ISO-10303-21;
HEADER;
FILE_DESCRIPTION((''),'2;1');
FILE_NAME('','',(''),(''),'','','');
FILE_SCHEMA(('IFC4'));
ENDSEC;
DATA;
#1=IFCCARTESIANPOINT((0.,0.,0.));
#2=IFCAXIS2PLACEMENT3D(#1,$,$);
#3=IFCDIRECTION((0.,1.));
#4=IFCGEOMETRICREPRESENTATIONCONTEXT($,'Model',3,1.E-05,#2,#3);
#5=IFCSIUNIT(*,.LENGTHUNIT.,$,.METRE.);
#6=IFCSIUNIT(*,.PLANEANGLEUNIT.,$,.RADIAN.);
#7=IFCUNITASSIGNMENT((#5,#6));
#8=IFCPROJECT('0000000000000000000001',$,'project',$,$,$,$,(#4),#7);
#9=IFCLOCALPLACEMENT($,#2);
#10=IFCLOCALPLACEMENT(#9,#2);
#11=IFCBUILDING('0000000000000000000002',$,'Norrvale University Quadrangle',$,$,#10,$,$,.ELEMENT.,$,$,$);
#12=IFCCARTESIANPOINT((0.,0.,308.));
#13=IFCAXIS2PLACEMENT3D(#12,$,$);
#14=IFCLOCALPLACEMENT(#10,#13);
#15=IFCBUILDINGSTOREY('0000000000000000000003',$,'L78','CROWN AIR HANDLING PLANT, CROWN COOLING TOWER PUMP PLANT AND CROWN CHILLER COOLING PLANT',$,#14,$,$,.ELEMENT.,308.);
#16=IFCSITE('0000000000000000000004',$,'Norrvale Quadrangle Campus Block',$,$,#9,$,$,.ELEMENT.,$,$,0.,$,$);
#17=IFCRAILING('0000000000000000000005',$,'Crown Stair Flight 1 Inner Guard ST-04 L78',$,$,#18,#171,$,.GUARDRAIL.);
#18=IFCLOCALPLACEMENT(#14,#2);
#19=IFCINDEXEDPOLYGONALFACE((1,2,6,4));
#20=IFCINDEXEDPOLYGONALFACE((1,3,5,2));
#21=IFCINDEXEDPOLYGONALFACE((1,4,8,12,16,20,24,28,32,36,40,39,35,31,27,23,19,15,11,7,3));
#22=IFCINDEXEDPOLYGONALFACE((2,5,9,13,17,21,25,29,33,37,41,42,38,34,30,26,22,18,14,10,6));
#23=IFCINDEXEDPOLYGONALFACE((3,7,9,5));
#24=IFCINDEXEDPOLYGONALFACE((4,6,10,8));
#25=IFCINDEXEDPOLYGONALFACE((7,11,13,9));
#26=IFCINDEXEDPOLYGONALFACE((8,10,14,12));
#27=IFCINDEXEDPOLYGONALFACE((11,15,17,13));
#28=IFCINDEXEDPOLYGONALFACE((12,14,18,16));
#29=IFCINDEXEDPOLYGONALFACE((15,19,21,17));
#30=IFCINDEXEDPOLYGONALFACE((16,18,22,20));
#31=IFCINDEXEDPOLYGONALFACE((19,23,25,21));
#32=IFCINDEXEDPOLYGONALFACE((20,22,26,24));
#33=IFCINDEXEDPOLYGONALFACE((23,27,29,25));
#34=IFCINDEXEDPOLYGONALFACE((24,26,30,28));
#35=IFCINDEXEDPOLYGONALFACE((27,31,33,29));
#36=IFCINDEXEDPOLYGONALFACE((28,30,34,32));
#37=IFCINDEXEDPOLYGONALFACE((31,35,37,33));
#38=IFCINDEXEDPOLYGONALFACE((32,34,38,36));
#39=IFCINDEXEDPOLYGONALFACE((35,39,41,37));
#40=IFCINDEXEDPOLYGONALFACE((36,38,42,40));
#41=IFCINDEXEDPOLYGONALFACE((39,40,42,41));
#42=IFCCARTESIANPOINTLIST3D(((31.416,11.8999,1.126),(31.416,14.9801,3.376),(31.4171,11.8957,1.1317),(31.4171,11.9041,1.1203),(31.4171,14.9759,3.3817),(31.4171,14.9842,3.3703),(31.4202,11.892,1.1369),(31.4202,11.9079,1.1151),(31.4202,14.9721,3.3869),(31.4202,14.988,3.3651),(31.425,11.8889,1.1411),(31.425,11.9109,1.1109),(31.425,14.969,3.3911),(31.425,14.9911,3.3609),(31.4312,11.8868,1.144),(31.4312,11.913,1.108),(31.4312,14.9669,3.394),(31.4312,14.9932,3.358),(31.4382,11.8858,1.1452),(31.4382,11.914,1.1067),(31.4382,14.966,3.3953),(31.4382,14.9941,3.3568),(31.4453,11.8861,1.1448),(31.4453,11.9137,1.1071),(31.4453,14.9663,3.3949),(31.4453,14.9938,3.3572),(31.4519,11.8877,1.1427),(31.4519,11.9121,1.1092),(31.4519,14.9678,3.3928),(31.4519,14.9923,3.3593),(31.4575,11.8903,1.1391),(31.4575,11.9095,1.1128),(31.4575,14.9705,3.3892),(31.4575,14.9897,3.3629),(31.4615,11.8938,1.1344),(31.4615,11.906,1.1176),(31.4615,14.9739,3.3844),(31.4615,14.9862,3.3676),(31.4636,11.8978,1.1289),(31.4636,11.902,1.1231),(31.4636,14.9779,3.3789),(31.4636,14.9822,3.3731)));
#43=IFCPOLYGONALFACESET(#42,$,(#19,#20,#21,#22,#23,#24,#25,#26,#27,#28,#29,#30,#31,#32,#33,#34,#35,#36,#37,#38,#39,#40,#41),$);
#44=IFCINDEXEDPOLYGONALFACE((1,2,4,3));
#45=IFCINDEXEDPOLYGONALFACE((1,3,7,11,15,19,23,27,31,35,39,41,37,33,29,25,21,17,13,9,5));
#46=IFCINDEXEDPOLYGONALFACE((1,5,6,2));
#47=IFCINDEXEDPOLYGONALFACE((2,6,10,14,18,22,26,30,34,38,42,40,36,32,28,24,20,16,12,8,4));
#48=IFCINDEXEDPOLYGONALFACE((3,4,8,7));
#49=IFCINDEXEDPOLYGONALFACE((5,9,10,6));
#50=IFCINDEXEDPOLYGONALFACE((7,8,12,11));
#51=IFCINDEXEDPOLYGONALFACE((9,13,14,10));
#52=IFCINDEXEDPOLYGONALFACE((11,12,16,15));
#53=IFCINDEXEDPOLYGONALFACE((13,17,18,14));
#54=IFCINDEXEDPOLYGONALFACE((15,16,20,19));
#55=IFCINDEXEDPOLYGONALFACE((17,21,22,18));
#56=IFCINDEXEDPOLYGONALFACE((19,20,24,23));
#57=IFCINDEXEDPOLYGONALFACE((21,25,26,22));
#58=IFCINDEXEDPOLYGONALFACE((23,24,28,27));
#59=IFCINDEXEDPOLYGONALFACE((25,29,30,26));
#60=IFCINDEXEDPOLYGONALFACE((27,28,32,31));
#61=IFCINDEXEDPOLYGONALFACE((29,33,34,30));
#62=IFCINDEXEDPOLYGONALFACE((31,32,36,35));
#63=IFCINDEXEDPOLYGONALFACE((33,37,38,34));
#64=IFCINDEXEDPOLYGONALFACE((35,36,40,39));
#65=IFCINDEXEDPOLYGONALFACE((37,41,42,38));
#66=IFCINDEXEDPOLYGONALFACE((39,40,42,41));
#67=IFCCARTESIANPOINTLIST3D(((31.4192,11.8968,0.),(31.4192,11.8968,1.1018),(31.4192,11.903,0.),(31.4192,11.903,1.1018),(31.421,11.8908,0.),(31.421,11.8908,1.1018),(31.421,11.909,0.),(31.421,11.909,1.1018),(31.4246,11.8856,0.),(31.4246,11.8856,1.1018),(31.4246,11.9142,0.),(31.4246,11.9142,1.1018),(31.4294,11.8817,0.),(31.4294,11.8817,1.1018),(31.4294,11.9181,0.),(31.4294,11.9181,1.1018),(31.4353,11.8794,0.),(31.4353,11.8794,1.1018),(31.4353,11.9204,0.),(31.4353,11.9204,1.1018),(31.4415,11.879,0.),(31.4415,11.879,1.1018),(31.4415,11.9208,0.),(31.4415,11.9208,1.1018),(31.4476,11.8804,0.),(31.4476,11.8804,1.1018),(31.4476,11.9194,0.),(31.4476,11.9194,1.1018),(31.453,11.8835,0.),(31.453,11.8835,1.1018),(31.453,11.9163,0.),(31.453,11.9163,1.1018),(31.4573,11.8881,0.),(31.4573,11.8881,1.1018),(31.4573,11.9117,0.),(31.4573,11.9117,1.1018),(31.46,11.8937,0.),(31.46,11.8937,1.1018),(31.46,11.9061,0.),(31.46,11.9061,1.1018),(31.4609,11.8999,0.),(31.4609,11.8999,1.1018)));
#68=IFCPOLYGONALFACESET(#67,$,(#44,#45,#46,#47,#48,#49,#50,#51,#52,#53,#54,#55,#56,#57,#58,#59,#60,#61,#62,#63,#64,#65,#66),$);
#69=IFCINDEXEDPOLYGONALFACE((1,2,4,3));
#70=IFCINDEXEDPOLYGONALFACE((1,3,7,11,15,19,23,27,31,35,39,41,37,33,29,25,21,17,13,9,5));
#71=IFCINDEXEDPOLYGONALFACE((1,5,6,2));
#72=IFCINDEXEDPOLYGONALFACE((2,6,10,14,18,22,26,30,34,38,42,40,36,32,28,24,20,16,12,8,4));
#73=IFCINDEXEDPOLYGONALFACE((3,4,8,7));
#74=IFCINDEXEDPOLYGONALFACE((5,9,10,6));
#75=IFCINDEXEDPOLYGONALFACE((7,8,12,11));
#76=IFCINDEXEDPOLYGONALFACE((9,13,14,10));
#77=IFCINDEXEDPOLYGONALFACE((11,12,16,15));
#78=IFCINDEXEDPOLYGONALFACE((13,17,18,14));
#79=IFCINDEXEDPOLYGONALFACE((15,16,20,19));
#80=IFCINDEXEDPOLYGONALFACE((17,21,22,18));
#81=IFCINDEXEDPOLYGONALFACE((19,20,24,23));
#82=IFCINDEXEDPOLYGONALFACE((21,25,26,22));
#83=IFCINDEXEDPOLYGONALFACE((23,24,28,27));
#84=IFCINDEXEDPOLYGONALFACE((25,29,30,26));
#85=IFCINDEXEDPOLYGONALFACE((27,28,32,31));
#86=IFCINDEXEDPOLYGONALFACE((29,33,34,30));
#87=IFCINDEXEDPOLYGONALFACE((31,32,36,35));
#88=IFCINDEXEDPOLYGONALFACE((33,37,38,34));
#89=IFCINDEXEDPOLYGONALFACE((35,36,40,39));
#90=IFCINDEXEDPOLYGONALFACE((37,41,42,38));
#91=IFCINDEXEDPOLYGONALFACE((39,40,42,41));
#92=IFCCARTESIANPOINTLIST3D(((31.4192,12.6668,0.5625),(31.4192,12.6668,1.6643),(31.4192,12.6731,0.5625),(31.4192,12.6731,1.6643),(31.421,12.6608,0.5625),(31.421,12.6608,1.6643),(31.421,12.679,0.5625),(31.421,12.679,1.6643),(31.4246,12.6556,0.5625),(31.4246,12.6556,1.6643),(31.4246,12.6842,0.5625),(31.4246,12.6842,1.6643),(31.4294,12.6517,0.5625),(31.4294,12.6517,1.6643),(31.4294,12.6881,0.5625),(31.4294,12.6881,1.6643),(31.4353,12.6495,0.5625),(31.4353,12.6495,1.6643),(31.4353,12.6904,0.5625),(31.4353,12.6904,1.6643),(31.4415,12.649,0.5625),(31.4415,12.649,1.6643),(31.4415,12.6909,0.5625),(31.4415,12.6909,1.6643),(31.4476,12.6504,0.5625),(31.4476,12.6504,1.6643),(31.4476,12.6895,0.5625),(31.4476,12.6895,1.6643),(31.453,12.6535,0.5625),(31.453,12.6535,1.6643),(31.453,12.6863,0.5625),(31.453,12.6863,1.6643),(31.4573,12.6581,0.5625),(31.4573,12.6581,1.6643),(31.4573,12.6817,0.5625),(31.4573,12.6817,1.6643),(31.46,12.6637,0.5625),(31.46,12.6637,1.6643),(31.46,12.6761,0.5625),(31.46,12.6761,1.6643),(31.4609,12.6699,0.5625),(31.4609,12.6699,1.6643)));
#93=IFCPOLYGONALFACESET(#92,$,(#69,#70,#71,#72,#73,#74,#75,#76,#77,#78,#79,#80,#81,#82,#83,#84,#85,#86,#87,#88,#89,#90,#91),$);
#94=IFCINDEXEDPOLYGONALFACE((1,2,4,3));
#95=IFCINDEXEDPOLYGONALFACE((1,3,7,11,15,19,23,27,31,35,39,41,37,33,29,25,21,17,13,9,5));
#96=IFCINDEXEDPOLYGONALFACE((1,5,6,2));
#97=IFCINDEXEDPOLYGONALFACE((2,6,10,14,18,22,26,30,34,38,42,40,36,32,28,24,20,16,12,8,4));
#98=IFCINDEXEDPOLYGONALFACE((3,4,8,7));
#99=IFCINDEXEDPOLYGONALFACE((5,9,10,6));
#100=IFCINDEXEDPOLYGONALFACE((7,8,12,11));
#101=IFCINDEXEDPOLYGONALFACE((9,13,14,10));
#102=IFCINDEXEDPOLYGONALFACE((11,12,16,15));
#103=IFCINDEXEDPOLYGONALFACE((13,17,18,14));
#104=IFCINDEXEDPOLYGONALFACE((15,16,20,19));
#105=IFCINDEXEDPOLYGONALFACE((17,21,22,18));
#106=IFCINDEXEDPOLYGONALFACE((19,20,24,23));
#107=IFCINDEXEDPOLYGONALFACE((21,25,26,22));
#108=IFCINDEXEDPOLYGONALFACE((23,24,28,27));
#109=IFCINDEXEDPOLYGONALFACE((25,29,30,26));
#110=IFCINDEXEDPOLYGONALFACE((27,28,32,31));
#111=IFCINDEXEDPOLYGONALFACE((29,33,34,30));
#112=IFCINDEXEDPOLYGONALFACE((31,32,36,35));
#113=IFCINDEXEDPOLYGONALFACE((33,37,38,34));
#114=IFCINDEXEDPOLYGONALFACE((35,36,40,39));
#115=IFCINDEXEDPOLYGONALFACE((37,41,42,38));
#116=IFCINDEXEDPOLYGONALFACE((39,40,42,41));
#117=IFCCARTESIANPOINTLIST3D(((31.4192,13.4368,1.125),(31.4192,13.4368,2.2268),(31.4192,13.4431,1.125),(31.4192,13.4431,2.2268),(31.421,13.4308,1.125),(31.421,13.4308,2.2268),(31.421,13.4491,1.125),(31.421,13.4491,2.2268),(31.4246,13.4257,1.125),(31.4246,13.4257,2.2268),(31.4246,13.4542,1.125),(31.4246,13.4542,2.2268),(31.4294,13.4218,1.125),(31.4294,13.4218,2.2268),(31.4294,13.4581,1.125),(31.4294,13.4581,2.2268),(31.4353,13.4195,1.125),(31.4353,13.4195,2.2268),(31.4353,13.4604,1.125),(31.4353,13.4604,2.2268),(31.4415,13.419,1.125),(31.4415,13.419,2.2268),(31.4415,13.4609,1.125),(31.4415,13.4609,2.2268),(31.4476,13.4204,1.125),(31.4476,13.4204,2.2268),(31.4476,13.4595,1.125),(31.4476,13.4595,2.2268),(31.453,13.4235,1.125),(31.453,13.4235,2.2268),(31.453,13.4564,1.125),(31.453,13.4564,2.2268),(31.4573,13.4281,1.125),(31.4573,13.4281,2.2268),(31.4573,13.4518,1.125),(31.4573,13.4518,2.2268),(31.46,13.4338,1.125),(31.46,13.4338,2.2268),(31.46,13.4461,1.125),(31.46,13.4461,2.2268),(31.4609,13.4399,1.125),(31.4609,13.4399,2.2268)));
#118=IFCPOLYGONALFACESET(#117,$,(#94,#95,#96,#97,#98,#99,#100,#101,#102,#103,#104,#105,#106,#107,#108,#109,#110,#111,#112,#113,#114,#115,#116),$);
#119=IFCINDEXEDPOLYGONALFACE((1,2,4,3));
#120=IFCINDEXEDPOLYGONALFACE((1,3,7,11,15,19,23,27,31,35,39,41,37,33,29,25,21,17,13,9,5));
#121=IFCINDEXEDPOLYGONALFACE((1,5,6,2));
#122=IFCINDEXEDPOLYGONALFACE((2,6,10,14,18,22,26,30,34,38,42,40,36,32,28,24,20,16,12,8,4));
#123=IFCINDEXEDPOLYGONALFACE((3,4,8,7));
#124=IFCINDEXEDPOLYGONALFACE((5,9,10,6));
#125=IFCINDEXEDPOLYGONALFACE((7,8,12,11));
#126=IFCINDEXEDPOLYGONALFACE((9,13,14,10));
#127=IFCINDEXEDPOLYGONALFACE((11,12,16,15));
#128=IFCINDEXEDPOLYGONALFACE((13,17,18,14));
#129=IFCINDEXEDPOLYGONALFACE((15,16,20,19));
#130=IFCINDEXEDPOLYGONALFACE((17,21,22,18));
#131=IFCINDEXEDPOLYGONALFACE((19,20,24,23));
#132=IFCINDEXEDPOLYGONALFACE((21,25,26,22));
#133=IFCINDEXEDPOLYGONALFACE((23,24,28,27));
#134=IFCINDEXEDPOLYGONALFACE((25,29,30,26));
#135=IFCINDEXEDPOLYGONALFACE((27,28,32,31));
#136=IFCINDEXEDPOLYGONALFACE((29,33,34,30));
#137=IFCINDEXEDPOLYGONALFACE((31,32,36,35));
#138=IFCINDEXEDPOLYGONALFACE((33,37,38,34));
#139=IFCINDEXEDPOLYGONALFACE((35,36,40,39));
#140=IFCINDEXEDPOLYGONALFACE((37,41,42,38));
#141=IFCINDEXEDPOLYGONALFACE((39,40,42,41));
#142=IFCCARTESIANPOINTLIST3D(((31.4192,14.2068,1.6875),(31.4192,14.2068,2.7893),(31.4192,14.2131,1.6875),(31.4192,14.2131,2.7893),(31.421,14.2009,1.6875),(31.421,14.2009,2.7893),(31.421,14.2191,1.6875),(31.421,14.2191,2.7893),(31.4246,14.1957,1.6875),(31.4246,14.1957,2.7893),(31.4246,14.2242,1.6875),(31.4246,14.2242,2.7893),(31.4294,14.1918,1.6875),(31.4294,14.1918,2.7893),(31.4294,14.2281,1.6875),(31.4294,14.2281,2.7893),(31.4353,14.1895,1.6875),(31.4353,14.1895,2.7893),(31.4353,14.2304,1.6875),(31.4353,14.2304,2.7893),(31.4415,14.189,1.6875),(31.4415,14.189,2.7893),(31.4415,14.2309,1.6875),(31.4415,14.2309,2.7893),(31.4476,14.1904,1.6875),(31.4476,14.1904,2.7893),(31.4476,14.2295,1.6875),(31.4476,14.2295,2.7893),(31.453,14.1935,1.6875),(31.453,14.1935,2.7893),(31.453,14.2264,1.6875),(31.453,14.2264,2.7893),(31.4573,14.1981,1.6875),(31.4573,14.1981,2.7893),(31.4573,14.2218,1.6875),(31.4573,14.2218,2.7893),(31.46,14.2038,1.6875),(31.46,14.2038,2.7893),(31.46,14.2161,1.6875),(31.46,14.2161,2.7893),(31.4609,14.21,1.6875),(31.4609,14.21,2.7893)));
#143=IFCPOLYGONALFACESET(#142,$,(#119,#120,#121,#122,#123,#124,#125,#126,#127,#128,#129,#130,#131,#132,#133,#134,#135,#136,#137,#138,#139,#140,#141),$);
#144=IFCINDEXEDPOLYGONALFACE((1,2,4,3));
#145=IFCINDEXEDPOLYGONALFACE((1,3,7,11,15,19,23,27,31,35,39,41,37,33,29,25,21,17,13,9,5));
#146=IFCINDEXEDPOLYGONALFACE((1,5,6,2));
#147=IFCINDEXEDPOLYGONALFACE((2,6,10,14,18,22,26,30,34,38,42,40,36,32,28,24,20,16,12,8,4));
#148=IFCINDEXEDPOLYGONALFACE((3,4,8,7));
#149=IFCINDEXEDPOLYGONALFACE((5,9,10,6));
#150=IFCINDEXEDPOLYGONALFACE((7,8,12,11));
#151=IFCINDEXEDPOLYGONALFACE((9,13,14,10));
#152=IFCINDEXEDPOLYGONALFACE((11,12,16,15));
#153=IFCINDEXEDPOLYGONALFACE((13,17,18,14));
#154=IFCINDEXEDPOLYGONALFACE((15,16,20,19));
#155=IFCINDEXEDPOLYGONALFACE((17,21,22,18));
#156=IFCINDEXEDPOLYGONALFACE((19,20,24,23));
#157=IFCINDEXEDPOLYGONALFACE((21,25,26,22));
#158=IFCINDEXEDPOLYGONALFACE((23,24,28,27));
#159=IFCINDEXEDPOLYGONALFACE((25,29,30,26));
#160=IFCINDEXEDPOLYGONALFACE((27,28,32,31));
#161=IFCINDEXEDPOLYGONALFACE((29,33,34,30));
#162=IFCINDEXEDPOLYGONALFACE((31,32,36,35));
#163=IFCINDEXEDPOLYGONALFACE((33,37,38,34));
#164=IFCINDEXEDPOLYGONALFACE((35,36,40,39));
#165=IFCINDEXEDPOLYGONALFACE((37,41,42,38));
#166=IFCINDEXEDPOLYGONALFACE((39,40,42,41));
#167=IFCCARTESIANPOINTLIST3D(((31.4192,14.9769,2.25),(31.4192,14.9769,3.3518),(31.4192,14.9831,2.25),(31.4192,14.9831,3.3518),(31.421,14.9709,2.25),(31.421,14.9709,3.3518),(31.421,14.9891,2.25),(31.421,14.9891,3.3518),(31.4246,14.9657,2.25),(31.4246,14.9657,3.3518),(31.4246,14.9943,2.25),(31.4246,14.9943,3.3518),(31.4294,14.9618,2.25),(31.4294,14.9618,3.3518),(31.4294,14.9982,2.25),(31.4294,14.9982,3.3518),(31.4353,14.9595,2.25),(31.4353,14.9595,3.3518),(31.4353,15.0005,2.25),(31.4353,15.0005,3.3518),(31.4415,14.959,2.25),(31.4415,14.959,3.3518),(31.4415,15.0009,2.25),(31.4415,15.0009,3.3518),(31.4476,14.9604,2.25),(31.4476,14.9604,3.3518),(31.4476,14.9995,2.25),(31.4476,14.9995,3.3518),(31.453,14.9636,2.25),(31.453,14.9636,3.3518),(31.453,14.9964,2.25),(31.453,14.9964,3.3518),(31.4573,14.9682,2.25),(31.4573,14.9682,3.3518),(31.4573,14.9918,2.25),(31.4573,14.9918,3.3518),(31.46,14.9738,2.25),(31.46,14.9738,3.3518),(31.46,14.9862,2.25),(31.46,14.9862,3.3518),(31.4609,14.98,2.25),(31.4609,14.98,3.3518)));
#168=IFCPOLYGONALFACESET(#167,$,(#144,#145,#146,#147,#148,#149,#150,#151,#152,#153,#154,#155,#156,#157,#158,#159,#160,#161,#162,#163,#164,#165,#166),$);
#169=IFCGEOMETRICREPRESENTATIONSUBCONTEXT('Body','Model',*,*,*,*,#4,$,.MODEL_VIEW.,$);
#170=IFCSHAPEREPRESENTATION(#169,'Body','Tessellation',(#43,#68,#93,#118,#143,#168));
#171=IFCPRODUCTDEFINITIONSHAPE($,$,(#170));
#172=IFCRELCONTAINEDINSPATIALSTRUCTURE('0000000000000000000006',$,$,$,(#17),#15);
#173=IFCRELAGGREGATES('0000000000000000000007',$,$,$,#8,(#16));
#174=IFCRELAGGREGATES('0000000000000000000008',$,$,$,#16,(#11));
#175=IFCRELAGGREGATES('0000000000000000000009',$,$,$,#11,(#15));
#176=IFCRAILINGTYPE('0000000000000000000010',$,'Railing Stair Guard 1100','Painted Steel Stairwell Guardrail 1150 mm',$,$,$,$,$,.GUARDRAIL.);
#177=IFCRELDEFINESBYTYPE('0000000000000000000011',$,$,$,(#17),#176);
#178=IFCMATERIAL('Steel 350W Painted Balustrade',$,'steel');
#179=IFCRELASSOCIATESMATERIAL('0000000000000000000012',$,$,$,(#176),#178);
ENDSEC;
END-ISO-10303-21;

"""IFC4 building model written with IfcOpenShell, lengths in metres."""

from ifc_helpers import new_model, si_unit, direction, frame, origin, origin_2d, place, context, subcontext, project, spatial, circle, extrude, material, type_object, element, save


model = new_model("IFC4")

# Units and contexts
model_context = context("Model", 3, precision=1e-05, world=origin(), true_north=direction((0.0, 1.0)))
body_context = subcontext(model_context, "Body", "Model", "MODEL_VIEW")
ifc_project = project(units=[si_unit("LENGTHUNIT", "METRE"), si_unit("PLANEANGLEUNIT", "RADIAN")], contexts=[model_context])

# Site, building, storey
site_placement = place(None, origin())
site = spatial("IfcSite", under=ifc_project, at=site_placement, Name="Norrvale Quadrangle Campus Block", CompositionType="ELEMENT", RefElevation=0.0)
building_placement = place(site_placement, origin())
building = spatial("IfcBuilding", under=site, at=building_placement, Name="Norrvale University Quadrangle", CompositionType="ELEMENT")
storey_placement = place(building_placement, frame((0.0, 0.0, 308.0)))
storey = spatial("IfcBuildingStorey", under=building, at=storey_placement, Name="L78", Description="CROWN AIR HANDLING PLANT, CROWN COOLING TOWER PUMP PLANT AND CROWN CHILLER COOLING PLANT", CompositionType="ELEMENT", Elevation=308.0)

# Railing
ifc_material_1 = material(Name="Steel 350W Painted Balustrade", Category="steel")
railing_type_1 = type_object("IfcRailingType", Name="Railing Stair Guard 1100", Description="Painted Steel Stairwell Guardrail 1150 mm", PredefinedType="GUARDRAIL", material=ifc_material_1)
railing_1_placement = place(storey_placement, frame((31.4399, 11.8999, 0.0)))
element("IfcRailing", 1, at=railing_1_placement, inside=storey, type_object=railing_type_1, Name="Crown Stair Flight 1 Inner Guard ST-04 L78", PredefinedType="GUARDRAIL", context=body_context, shape_type="SweptSolid", body=[
    extrude(circle(Radius=0.0239, at=origin_2d()), frame((0.0, 0.0, 1.126), z_axis=(0.0, 0.807494, 0.589875), x_axis=(-1.0, 0.0, 0.0)), (0.0, 0.0, 1.0), 3.8145),
    extrude(circle(Radius=0.021, at=origin_2d()), origin(), (0.0, 0.0, 1.0), 1.1018),
    extrude(circle(Radius=0.021, at=origin_2d()), frame((0.0, 0.77, 0.5625)), (0.0, 0.0, 1.0), 1.1018),
    extrude(circle(Radius=0.021, at=origin_2d()), frame((0.0, 1.54, 1.125)), (0.0, 0.0, 1.0), 1.1018),
    extrude(circle(Radius=0.021, at=origin_2d()), frame((0.0, 2.3101, 1.6875)), (0.0, 0.0, 1.0), 1.1018),
    extrude(circle(Radius=0.021, at=origin_2d()), frame((0.0, 3.0801, 2.25)), (0.0, 0.0, 1.0), 1.1018),
])

save(model, "model.ifc")
